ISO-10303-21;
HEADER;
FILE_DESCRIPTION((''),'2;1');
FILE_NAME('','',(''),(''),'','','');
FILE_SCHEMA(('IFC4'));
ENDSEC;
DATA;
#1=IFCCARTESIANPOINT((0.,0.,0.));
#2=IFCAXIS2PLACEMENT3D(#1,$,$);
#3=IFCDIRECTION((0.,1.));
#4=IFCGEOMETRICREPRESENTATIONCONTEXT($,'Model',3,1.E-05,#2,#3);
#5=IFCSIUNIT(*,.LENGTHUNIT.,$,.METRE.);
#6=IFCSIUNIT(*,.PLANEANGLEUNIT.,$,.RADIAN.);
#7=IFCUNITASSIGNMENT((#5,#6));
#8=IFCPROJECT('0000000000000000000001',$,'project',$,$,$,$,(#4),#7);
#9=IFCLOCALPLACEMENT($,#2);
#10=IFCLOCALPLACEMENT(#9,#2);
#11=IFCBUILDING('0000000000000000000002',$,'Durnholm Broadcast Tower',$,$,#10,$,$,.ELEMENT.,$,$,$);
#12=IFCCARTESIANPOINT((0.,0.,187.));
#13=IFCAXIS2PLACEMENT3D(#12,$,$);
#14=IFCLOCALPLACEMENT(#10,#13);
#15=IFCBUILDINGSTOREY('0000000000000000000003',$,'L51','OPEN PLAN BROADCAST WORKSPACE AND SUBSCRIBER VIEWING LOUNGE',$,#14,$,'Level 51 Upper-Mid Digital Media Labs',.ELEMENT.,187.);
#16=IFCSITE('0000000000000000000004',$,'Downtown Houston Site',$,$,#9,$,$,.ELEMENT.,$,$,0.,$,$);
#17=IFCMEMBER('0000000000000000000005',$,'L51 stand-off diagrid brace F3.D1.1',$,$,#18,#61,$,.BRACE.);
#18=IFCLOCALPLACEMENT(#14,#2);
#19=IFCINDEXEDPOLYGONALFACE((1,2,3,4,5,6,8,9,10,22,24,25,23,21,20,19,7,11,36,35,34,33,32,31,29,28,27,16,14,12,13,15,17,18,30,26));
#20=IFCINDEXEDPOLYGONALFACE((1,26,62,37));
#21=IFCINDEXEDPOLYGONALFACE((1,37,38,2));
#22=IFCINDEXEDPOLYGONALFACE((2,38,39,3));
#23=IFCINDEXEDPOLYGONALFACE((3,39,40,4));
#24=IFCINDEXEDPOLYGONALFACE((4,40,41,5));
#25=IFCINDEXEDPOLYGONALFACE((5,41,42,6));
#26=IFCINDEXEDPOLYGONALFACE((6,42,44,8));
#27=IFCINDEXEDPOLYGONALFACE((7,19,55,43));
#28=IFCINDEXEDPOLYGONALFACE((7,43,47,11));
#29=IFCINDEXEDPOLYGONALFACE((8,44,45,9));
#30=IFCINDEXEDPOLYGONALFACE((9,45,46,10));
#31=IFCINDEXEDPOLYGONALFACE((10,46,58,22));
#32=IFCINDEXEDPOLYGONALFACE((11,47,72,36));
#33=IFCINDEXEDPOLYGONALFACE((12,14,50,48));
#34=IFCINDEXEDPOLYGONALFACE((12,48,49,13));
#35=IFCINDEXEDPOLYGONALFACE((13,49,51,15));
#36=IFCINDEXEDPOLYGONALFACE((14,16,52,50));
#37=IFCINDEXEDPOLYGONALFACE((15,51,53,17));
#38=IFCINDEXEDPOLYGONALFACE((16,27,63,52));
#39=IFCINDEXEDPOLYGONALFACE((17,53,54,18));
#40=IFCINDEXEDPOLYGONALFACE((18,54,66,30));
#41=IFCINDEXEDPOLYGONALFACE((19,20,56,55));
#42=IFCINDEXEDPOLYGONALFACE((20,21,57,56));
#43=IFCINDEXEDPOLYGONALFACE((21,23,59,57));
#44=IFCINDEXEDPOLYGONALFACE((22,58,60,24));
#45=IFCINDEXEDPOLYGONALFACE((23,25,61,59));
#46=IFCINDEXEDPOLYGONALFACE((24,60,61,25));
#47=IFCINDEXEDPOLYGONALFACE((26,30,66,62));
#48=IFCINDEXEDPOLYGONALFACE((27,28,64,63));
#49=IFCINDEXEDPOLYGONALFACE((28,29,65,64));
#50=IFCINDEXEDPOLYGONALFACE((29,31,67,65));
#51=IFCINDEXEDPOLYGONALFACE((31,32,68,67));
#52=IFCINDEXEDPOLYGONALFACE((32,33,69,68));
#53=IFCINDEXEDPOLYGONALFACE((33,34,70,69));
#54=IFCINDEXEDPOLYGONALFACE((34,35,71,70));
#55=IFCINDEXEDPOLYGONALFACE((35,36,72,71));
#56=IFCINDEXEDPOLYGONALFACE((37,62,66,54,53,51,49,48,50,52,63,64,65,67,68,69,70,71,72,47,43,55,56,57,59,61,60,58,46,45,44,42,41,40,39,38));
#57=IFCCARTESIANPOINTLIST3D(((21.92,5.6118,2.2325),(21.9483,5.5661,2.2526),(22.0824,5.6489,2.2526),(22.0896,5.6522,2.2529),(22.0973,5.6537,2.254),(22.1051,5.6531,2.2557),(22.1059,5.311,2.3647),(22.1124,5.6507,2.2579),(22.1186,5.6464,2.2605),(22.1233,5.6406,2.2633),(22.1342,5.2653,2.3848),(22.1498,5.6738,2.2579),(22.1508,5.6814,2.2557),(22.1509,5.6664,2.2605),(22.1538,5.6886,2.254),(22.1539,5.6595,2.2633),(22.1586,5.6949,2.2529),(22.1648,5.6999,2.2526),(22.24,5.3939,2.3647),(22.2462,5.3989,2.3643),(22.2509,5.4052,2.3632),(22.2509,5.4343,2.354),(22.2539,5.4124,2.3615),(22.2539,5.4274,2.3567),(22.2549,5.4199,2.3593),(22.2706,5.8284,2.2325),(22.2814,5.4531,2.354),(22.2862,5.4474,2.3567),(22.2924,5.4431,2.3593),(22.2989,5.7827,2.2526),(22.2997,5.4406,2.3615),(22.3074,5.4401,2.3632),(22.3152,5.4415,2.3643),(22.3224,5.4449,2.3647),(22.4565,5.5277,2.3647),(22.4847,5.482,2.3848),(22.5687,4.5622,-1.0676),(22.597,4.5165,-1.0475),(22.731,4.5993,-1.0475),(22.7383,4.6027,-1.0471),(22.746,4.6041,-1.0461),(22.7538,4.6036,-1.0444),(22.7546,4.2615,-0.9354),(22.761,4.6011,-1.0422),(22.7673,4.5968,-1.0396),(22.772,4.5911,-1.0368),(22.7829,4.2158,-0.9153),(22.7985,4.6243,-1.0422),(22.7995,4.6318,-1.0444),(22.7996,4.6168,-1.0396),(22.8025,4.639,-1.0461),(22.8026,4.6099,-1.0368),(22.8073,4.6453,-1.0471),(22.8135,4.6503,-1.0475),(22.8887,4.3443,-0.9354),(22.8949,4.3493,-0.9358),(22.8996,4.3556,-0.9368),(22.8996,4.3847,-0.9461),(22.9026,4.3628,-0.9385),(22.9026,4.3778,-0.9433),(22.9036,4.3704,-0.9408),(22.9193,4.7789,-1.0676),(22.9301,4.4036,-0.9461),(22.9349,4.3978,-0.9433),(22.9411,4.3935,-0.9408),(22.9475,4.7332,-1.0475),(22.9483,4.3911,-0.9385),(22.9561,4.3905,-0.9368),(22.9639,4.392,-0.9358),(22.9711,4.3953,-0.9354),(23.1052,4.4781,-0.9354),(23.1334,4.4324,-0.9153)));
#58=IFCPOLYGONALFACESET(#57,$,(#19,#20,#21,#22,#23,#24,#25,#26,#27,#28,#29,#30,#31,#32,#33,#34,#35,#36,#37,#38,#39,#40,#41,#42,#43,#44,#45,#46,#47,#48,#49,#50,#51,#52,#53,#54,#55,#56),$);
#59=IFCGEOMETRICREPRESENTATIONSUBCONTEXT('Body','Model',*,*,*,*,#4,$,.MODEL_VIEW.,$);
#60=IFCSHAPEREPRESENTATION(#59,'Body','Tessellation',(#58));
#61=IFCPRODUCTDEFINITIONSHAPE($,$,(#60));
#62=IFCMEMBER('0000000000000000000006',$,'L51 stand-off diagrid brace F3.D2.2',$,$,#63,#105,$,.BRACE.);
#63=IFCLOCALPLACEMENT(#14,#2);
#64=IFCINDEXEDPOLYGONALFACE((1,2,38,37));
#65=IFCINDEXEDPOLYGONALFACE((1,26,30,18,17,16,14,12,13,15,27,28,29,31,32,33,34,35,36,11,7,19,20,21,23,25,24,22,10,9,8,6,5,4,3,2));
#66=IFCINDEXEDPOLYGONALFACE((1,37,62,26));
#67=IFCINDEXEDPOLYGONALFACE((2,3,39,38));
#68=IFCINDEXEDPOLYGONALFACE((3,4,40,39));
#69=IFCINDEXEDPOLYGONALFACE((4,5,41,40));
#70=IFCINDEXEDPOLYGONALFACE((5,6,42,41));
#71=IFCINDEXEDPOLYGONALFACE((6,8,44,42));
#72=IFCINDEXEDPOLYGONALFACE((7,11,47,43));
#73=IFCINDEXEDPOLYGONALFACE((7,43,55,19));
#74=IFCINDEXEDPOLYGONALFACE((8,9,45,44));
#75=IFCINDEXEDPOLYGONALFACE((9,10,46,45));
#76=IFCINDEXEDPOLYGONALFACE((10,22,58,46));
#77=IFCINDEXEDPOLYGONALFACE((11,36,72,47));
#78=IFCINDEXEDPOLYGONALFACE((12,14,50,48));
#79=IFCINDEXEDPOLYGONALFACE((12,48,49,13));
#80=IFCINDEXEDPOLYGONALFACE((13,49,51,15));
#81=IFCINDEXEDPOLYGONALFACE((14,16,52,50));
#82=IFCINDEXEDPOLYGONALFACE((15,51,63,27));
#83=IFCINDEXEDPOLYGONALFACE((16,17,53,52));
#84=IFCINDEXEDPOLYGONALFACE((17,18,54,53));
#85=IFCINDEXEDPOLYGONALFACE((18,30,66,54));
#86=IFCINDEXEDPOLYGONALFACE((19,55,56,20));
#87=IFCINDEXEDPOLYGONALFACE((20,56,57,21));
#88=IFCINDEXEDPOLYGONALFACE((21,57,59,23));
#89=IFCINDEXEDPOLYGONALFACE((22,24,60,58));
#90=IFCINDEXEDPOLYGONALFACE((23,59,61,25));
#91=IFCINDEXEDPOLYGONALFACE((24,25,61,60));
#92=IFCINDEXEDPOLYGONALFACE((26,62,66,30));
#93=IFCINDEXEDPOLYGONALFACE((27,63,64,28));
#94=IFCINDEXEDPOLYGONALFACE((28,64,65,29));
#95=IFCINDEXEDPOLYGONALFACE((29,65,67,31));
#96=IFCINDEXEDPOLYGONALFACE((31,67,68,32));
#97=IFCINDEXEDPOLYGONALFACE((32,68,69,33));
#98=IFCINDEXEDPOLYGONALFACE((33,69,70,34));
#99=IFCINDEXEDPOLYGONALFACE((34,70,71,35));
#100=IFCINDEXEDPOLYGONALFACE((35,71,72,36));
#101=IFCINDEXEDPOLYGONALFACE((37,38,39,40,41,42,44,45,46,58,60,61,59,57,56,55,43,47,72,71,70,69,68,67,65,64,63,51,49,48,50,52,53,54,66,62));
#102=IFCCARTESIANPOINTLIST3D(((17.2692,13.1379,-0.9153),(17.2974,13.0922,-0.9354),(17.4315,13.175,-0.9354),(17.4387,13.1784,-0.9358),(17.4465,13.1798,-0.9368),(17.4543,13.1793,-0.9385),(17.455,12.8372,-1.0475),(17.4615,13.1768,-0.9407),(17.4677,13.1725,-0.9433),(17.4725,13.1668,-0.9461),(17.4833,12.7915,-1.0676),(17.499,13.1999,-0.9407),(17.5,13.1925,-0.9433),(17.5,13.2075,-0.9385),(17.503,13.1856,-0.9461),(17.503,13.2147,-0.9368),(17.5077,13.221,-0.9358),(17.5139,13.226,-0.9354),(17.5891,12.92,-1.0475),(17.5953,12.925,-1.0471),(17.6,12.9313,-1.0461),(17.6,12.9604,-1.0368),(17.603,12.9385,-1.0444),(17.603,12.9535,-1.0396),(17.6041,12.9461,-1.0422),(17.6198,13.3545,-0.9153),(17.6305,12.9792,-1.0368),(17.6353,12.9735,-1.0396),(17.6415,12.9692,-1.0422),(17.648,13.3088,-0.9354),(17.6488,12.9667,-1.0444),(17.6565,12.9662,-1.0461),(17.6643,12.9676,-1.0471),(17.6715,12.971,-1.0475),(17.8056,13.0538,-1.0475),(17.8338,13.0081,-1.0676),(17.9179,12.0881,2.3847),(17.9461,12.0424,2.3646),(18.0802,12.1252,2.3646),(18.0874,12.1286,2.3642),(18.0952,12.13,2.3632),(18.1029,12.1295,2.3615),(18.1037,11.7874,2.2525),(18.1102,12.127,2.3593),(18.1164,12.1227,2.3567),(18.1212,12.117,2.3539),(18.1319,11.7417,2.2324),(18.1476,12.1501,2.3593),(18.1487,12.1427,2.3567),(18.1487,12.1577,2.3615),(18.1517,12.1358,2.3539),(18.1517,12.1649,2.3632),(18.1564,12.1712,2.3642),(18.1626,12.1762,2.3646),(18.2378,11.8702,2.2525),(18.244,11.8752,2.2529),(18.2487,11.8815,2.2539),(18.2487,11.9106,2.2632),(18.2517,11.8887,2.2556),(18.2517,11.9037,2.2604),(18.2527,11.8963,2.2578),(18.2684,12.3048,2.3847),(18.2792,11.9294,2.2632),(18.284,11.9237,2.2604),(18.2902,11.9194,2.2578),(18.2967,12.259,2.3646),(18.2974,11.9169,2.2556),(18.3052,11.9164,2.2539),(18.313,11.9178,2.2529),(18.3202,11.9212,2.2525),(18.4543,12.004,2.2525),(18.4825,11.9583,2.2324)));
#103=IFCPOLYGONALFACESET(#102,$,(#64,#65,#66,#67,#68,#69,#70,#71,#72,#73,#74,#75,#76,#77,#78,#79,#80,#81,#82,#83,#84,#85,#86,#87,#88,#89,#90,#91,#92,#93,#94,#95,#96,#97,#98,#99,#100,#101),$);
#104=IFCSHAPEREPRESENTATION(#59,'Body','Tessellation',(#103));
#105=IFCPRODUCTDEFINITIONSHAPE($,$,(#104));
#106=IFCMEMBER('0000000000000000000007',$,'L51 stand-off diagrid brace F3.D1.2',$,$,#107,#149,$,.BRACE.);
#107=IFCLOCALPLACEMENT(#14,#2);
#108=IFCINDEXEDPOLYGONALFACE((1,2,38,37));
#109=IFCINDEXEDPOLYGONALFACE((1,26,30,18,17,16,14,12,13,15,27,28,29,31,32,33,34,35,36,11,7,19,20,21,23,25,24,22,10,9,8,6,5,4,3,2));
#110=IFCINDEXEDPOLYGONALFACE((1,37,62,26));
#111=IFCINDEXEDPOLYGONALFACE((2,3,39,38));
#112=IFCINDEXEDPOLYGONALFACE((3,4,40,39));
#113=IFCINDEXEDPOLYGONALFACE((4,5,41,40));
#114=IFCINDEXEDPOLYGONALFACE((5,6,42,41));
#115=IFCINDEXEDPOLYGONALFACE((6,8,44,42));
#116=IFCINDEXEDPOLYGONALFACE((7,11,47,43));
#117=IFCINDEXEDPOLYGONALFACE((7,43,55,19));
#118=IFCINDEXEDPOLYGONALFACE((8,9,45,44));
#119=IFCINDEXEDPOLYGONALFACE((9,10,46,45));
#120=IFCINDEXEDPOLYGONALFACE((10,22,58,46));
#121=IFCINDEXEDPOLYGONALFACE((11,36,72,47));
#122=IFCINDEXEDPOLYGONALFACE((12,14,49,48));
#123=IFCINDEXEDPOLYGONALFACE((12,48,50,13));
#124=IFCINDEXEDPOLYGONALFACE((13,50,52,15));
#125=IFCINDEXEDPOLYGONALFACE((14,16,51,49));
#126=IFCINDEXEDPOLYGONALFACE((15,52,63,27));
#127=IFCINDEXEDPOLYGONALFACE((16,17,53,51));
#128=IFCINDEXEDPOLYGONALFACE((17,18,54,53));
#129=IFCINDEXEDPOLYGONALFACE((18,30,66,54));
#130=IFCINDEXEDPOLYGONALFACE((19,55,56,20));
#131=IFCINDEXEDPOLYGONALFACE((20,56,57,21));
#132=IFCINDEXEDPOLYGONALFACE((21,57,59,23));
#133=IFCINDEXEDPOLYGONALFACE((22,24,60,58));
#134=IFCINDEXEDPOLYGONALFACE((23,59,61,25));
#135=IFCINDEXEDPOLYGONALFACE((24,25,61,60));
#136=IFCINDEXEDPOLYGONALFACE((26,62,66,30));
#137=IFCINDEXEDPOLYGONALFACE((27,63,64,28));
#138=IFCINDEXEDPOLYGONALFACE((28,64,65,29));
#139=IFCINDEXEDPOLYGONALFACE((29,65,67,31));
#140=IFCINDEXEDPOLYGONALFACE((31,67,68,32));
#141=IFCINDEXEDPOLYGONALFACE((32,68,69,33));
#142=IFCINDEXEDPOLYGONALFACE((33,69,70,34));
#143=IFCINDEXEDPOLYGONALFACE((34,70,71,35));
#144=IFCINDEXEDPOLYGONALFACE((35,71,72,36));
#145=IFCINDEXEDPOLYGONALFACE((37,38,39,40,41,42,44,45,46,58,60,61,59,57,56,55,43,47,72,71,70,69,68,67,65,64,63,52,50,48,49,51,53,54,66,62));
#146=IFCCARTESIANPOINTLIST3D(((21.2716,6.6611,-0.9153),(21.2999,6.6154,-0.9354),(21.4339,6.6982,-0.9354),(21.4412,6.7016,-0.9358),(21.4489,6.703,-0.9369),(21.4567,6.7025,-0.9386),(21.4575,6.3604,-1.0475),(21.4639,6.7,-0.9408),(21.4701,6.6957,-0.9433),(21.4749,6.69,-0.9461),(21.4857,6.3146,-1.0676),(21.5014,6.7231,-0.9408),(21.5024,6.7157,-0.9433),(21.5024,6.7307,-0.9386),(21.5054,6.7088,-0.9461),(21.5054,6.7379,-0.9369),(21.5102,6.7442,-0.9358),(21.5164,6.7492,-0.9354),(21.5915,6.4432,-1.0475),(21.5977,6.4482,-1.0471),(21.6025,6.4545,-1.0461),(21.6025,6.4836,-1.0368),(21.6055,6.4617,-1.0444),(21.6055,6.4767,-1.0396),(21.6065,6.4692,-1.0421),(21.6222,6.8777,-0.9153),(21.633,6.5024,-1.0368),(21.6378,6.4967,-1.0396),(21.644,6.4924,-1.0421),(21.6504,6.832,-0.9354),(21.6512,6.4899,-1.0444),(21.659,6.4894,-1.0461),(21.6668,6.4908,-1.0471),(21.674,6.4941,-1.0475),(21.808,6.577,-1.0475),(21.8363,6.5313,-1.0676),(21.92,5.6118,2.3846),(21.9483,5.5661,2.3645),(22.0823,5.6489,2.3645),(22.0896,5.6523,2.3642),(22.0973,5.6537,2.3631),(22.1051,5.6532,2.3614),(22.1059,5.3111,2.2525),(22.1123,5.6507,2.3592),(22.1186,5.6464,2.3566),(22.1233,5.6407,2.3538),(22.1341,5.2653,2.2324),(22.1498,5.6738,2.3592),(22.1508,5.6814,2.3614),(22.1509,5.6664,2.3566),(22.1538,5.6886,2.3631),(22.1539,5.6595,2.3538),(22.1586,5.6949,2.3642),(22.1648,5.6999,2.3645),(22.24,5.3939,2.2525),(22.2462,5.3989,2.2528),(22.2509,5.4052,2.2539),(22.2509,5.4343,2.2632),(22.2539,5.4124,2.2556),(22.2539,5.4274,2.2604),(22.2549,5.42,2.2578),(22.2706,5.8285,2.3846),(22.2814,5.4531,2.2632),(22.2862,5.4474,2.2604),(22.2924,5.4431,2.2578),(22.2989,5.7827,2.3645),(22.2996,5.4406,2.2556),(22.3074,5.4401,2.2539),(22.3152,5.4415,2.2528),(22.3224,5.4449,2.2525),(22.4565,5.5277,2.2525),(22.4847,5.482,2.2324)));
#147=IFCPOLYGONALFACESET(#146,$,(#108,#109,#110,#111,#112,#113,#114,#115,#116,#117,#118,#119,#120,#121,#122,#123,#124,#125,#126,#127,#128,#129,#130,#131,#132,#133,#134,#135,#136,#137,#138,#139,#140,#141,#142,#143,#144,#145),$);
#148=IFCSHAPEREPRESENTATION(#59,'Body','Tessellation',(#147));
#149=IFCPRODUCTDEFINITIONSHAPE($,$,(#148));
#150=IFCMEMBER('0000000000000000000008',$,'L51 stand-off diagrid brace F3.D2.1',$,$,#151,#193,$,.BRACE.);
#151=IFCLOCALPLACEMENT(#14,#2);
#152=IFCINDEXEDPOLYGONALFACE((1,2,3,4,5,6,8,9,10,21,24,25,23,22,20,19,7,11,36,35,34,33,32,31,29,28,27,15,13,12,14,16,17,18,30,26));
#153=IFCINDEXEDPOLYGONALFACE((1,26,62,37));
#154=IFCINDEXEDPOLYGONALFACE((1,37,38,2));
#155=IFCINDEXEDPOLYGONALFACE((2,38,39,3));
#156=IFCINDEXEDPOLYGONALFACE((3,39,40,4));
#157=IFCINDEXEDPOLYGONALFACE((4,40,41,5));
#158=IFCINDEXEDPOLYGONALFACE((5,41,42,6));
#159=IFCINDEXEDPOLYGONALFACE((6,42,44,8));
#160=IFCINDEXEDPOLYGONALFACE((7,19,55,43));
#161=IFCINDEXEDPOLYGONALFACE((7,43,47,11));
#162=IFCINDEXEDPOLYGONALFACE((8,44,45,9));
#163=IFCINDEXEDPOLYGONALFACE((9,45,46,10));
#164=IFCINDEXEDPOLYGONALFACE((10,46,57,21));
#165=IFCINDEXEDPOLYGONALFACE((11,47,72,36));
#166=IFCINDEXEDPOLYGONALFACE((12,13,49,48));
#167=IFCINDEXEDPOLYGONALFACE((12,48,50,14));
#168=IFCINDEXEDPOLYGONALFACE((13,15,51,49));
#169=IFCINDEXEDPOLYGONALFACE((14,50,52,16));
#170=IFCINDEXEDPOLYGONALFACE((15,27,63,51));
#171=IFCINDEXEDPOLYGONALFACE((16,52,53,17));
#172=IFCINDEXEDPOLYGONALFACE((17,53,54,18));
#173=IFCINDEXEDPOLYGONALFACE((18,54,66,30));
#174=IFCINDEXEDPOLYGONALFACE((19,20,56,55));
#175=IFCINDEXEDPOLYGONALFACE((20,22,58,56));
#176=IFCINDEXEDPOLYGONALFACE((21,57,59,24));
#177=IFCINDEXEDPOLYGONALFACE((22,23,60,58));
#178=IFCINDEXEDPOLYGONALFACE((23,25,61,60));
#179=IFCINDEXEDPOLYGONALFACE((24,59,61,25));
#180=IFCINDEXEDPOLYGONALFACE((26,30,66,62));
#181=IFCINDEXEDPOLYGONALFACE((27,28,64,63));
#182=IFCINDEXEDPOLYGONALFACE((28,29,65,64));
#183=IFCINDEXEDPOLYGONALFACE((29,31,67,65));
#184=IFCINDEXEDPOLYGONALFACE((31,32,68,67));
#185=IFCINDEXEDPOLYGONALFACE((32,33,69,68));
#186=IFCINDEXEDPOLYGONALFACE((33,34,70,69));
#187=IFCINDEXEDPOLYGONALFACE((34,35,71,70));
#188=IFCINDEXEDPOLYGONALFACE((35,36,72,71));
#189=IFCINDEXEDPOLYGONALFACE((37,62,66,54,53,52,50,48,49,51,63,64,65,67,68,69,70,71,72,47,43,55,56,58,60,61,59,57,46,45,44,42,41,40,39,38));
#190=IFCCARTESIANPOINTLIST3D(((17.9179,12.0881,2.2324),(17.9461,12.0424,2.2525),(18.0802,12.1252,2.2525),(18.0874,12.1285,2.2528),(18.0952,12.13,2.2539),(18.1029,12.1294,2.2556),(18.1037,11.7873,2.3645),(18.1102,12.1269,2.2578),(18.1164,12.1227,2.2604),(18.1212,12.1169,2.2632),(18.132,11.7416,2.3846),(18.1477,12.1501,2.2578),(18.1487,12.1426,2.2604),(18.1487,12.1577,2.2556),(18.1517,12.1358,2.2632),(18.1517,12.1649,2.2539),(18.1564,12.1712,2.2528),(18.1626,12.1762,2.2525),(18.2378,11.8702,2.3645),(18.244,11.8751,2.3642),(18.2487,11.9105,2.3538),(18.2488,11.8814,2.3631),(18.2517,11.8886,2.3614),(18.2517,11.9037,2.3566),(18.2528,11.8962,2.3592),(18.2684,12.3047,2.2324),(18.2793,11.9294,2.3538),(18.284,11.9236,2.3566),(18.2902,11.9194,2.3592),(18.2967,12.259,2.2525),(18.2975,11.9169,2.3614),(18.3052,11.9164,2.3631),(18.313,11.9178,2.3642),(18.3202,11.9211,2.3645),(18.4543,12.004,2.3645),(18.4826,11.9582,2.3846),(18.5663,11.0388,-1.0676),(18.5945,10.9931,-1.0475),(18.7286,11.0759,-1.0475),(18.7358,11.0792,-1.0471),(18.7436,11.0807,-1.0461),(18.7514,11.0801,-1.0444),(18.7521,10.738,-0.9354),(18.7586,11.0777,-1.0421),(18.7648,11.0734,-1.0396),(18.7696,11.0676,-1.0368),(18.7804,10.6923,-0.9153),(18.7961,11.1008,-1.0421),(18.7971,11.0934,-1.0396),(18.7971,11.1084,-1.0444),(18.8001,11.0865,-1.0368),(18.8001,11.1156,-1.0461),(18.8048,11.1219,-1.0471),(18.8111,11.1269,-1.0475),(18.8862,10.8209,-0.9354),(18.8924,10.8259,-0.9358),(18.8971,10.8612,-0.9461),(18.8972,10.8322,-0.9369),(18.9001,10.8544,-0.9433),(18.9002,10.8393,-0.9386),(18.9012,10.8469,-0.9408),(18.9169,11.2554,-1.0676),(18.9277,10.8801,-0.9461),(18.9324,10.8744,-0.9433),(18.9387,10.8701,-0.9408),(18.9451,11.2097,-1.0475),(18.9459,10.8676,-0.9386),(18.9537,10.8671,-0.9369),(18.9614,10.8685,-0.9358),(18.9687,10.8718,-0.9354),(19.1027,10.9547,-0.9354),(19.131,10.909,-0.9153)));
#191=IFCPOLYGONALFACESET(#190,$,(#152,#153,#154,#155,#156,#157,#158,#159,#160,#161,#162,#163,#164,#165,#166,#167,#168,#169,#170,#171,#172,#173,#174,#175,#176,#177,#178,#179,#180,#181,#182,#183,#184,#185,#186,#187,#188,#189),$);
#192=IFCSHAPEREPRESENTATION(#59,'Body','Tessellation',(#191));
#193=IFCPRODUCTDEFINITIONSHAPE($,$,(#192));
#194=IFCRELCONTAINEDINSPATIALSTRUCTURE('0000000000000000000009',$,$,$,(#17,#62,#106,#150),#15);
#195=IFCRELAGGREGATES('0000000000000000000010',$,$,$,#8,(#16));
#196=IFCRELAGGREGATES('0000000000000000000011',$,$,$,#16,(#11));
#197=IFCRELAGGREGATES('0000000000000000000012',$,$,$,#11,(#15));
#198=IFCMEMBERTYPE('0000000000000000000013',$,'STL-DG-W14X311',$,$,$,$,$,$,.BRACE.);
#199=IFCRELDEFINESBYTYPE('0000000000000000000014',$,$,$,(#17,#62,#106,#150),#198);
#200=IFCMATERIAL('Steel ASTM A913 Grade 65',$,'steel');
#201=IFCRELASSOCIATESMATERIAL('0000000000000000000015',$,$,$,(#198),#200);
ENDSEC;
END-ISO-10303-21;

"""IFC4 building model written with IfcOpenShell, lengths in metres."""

from ifc_helpers import new_model, si_unit, direction, frame, origin, origin_2d, place, context, subcontext, project, spatial, i_section, extrude, source, transform, mapped, material, material_profile, profile_set, type_object, type_shapes, element, save


model = new_model("IFC4")

# Units and contexts
model_context = context("Model", 3, precision=1e-05, world=origin(), true_north=direction((0.0, 1.0)))
body_context = subcontext(model_context, "Body", "Model", "MODEL_VIEW")
ifc_project = project(units=[si_unit("LENGTHUNIT", "METRE"), si_unit("PLANEANGLEUNIT", "RADIAN")], contexts=[model_context])

# Site, building, storey
site_placement = place(None, origin())
site = spatial("IfcSite", under=ifc_project, at=site_placement, Name="Downtown Houston Site", CompositionType="ELEMENT", RefElevation=0.0)
building_placement = place(site_placement, origin())
building = spatial("IfcBuilding", under=site, at=building_placement, Name="Durnholm Broadcast Tower", CompositionType="ELEMENT")
storey_placement = place(building_placement, frame((0.0, 0.0, 187.0)))
storey = spatial("IfcBuildingStorey", under=building, at=storey_placement, Name="L51", Description="OPEN PLAN BROADCAST WORKSPACE AND SUBSCRIBER VIEWING LOUNGE", LongName="Level 51 Upper-Mid Digital Media Labs", CompositionType="ELEMENT", Elevation=187.0)

# Members
ifc_material_1 = material(Name="Steel ASTM A913 Grade 65", Category="steel")
ifc_material_profile_1 = material_profile(ifc_material_1, i_section(OverallWidth=0.4121, OverallDepth=0.4348, WebThickness=0.0359, FlangeThickness=0.0574, FilletRadius=0.0305, at=origin_2d()), Name="W14X311")
ifc_profile_set_1 = profile_set([ifc_material_profile_1], Name="Steel ASTM A913 Grade 65")
member_type_1 = type_object("IfcMemberType", Name="STL-DG-W14X311", PredefinedType="BRACE", material=ifc_profile_set_1)
shared_shape_1 = source(origin(), body_context, "Body", "SweptSolid", [
    extrude(i_section(OverallWidth=0.4121, OverallDepth=0.4348, WebThickness=0.0359, FlangeThickness=0.0574, FilletRadius=0.0305, at=origin_2d()), origin(), (0.0, 0.0, 1.0), 3.5232),
])
for number, where, z_axis, x_axis, name in (
    (1, (22.8511, 4.4973, -0.9915), (-0.184119, 0.297903, 0.936672), (-0.850644, -0.525741, 0.0), "L51 stand-off diagrid brace F3.D1.1"),
    (2, (17.5515, 13.073, -0.9915), (0.184115, -0.297966, 0.936652), (0.850699, 0.525653, 0.0), "L51 stand-off diagrid brace F3.D2.2"),
):
    element("IfcMember", number, at=place(storey_placement, frame(where, z_axis=z_axis, x_axis=x_axis)), inside=storey, type_object=member_type_1, Name=name, PredefinedType="BRACE", context=body_context, shape_type="MappedRepresentation", body=[
        mapped(shared_shape_1, transform((0.0, 0.0, 0.0), x_axis=(1.0, 0.0, 0.0), y_axis=(0.0, 1.0, 0.0), z_axis=(0.0, 0.0, 1.0), scale=1.0)),
    ])
shared_shape_2 = source(origin(), body_context, "Body", "SweptSolid", [
    extrude(i_section(OverallWidth=0.4121, OverallDepth=0.4348, WebThickness=0.0359, FlangeThickness=0.0574, FilletRadius=0.0305, at=origin_2d()), origin(), (0.0, 0.0, 1.0), 3.5229),
])
type_shapes(member_type_1, [shared_shape_1, shared_shape_2])
for number, where, z_axis, x_axis, name in (
    (3, (21.554, 6.5962, -0.9915), (0.184056, -0.297843, 0.936703), (0.850678, 0.525687, 0.0), "L51 stand-off diagrid brace F3.D1.2"),
    (4, (18.8486, 10.9739, -0.9915), (-0.184056, 0.297843, 0.936703), (-0.850678, -0.525687, 0.0), "L51 stand-off diagrid brace F3.D2.1"),
):
    element("IfcMember", number, at=place(storey_placement, frame(where, z_axis=z_axis, x_axis=x_axis)), inside=storey, type_object=member_type_1, Name=name, PredefinedType="BRACE", context=body_context, shape_type="MappedRepresentation", body=[
        mapped(shared_shape_2, transform((0.0, 0.0, 0.0), x_axis=(1.0, 0.0, 0.0), y_axis=(0.0, 1.0, 0.0), z_axis=(0.0, 0.0, 1.0), scale=1.0)),
    ])

save(model, "model.ifc")
